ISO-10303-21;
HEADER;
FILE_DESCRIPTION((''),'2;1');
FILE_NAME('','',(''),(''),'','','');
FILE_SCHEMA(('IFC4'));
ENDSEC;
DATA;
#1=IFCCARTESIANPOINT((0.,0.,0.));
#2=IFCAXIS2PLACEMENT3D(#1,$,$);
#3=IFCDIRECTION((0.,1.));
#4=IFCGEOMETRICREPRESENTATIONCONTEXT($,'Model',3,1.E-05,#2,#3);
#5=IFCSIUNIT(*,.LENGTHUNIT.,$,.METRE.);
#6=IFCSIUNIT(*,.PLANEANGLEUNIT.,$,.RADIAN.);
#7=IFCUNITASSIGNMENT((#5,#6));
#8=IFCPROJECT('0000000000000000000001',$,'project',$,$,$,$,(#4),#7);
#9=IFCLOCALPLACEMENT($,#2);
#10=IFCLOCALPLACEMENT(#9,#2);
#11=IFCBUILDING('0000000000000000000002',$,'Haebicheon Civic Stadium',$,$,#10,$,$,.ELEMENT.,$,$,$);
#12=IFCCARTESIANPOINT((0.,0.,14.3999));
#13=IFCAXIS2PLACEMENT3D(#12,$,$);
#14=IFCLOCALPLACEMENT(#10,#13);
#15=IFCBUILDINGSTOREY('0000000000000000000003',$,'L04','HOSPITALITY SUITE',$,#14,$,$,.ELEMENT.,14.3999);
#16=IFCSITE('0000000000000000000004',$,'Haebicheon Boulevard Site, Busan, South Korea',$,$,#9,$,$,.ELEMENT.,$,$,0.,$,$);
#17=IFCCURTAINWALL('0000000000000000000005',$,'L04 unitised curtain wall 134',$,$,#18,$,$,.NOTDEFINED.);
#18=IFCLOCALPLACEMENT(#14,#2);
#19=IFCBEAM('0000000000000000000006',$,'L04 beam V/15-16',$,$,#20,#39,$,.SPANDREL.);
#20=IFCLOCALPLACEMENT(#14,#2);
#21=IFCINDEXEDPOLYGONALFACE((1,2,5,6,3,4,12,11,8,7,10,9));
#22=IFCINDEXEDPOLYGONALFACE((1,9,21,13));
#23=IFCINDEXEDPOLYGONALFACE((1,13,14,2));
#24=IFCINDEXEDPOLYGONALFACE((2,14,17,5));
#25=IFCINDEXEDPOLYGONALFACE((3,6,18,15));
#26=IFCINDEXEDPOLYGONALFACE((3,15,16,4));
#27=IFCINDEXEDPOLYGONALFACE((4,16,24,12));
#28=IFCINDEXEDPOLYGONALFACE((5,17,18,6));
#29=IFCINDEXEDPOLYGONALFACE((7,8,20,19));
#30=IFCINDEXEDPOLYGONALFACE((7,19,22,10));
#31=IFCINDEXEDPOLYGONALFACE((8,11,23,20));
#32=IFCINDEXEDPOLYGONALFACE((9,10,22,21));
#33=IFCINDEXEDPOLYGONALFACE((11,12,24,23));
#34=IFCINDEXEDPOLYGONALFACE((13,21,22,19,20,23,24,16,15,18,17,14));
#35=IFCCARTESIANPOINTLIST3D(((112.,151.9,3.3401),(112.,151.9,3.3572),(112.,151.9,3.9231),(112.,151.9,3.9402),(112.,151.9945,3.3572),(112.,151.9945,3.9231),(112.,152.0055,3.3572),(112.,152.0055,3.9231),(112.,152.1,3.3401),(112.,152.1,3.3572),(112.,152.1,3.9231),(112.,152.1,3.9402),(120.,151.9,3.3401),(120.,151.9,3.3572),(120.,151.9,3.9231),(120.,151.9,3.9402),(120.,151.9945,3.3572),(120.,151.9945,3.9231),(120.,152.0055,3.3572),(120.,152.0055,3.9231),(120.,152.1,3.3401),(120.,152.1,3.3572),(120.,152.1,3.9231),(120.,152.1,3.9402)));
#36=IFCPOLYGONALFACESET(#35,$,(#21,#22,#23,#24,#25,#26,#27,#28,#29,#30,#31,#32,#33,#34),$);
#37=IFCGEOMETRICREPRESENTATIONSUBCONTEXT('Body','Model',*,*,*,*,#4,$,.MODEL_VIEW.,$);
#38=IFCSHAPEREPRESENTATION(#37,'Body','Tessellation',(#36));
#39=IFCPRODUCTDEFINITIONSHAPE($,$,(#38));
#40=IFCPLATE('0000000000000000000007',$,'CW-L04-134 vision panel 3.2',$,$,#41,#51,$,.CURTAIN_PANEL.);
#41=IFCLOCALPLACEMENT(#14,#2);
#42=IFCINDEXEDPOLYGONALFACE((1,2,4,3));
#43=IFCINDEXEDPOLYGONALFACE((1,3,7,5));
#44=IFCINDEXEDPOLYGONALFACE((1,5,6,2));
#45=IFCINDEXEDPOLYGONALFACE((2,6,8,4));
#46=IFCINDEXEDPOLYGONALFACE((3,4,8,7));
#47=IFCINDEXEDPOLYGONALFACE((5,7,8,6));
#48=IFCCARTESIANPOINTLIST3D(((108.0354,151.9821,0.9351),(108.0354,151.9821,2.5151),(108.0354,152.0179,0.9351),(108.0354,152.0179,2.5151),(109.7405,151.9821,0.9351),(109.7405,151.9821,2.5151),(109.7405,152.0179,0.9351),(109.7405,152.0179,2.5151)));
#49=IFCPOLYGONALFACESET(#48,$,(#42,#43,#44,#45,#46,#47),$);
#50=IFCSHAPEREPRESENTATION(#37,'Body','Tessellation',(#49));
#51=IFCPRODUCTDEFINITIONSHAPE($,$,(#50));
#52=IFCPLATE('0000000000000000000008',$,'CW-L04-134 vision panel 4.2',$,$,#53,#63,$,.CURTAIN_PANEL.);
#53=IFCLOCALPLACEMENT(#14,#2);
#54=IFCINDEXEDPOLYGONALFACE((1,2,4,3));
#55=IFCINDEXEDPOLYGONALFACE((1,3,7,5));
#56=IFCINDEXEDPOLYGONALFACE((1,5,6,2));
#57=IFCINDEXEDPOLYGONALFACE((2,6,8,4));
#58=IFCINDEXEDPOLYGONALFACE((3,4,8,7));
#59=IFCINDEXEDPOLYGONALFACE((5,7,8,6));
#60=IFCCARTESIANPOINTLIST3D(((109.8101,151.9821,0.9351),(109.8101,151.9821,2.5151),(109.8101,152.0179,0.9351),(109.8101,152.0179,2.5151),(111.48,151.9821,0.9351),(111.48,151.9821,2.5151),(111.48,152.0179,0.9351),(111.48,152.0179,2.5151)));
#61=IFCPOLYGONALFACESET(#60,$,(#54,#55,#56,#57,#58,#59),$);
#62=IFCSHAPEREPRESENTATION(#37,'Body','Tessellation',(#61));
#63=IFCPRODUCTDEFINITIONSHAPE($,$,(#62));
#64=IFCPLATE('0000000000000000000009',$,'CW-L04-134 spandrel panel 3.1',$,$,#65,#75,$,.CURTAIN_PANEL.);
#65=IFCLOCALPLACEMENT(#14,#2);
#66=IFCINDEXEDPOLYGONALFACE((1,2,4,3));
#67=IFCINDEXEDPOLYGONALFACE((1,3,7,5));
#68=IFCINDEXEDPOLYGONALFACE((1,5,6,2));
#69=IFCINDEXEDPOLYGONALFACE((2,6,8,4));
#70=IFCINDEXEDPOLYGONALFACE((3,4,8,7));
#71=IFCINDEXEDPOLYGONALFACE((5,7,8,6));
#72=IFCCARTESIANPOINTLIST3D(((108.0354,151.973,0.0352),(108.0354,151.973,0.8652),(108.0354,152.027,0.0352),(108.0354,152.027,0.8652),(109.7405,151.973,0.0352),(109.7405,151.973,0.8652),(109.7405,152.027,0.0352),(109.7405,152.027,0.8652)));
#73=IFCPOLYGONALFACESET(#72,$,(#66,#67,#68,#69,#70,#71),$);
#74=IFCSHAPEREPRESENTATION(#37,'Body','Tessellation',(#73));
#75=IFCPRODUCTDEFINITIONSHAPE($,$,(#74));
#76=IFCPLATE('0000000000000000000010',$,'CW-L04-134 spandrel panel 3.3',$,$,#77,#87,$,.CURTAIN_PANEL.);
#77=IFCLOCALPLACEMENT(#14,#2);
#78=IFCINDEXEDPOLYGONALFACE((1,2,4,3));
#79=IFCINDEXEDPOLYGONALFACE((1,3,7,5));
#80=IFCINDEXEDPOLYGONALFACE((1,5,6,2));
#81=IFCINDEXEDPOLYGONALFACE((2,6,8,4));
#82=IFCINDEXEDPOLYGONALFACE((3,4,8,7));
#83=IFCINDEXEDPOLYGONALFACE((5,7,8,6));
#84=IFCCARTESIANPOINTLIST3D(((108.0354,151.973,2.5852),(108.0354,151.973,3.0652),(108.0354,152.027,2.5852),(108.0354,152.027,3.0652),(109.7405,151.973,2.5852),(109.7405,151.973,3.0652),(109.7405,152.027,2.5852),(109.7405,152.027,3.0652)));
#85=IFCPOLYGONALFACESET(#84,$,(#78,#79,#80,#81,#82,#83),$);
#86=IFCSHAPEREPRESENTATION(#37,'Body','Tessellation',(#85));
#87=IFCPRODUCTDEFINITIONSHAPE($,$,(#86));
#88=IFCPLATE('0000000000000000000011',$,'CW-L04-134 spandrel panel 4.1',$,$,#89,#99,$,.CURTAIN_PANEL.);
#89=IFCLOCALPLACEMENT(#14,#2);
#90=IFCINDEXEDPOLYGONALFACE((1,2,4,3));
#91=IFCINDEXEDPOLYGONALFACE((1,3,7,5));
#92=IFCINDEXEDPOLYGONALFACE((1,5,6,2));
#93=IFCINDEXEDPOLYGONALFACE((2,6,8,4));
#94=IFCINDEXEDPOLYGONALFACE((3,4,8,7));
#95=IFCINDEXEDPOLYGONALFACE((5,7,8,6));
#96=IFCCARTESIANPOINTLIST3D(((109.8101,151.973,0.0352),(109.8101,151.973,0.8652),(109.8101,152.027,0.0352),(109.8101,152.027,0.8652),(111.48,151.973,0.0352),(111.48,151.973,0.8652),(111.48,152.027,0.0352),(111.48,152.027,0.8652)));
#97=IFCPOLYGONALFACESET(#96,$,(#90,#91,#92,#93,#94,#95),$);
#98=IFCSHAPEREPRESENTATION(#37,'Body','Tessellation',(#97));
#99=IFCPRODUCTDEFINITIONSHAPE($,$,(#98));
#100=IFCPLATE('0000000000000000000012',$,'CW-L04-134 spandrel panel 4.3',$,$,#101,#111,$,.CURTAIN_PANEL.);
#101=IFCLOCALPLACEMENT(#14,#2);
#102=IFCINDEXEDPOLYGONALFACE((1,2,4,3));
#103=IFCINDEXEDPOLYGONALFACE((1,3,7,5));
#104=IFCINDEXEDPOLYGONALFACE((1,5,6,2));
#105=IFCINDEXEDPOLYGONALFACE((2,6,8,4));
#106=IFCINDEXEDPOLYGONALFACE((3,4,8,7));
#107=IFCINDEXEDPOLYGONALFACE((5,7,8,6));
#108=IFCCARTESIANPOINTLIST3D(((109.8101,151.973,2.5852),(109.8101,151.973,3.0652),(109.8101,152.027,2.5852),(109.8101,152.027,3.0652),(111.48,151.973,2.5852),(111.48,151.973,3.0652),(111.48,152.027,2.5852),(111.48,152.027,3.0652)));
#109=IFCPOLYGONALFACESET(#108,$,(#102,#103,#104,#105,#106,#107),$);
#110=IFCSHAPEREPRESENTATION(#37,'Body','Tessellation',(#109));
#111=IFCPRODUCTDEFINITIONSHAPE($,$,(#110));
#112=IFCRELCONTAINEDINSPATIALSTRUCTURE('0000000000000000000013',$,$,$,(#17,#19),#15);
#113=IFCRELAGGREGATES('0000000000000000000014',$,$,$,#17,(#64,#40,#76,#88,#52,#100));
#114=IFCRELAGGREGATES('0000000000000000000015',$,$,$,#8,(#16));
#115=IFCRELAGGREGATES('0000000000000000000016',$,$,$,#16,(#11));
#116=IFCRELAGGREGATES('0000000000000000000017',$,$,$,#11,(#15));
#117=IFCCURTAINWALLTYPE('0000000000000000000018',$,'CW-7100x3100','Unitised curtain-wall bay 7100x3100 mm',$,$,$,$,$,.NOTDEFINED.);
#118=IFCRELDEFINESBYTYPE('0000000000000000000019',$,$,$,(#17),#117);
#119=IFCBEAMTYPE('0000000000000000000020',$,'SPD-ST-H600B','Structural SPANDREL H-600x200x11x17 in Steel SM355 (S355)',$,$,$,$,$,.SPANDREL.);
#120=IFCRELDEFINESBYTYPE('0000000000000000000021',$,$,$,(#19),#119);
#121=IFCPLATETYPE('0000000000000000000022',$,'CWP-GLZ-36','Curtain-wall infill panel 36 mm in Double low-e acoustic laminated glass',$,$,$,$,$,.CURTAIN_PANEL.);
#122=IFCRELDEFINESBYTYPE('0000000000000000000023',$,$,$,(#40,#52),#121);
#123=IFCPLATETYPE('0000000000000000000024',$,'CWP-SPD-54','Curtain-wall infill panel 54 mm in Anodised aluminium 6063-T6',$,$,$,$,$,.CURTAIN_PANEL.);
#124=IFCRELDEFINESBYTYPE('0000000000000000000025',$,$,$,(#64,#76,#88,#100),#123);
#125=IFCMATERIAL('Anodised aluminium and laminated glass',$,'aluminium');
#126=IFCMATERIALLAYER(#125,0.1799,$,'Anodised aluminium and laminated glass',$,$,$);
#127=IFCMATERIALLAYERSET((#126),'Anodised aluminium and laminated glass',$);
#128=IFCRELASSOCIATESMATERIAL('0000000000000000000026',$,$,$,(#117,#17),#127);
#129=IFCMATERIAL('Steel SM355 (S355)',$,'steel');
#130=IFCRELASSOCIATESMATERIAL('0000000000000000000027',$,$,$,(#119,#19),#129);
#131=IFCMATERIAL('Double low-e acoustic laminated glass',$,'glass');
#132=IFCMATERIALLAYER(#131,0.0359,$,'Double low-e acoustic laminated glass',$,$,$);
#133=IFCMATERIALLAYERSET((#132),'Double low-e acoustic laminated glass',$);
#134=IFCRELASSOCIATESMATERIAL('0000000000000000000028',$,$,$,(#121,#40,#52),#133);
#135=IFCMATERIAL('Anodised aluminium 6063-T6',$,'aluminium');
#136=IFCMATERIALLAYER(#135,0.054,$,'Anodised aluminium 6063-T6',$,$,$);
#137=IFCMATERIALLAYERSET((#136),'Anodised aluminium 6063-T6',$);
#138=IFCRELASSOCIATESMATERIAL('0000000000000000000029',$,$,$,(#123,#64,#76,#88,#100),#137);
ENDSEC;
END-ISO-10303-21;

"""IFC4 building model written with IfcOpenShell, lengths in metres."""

from ifc_helpers import new_model, si_unit, direction, frame, origin, origin_2d, place, context, subcontext, project, spatial, rectangle, i_section, extrude, material, layer, layer_set, material_profile, profile_set, type_object, element, aggregate, save


model = new_model("IFC4")

# Units and contexts
model_context = context("Model", 3, precision=1e-05, world=origin(), true_north=direction((0.0, 1.0)))
body_context = subcontext(model_context, "Body", "Model", "MODEL_VIEW")
ifc_project = project(units=[si_unit("LENGTHUNIT", "METRE"), si_unit("PLANEANGLEUNIT", "RADIAN")], contexts=[model_context])

# Site, building, storey
site_placement = place(None, origin())
site = spatial("IfcSite", under=ifc_project, at=site_placement, Name="Haebicheon Boulevard Site, Busan, South Korea", CompositionType="ELEMENT", RefElevation=0.0)
building_placement = place(site_placement, origin())
building = spatial("IfcBuilding", under=site, at=building_placement, Name="Haebicheon Civic Stadium", CompositionType="ELEMENT")
storey_placement = place(building_placement, frame((0.0, 0.0, 14.3999)))
storey = spatial("IfcBuildingStorey", under=building, at=storey_placement, Name="L04", Description="HOSPITALITY SUITE", CompositionType="ELEMENT", Elevation=14.3999)

# Curtain wall
ifc_material_1 = material(Name="Anodised aluminium and laminated glass", Category="aluminium")
ifc_layer_1 = layer(ifc_material_1, 0.1799, Name="Anodised aluminium and laminated glass")
ifc_layer_set_1 = layer_set([ifc_layer_1], Name="Anodised aluminium and laminated glass")
curtain_wall_type = type_object("IfcCurtainWallType", Name="CW-7100x3100", Description="Unitised curtain-wall bay 7100x3100 mm", PredefinedType="NOTDEFINED", material=ifc_layer_set_1)
curtain_wall_placement = place(storey_placement, origin())
curtain_wall = element("IfcCurtainWall", 1, at=curtain_wall_placement, inside=storey, type_object=curtain_wall_type, material=ifc_layer_set_1, Name="L04 unitised curtain wall 134", PredefinedType="NOTDEFINED")

# Beam
ifc_material_2 = material(Name="Steel SM355 (S355)", Category="steel")
ifc_material_profile_1 = material_profile(ifc_material_2, i_section(OverallWidth=0.2, OverallDepth=0.6001, WebThickness=0.011, FlangeThickness=0.0171, at=origin_2d()), Name="H-600x200x11x17")
ifc_profile_set_1 = profile_set([ifc_material_profile_1], Name="Steel SM355 (S355)")
beam_type_1 = type_object("IfcBeamType", Name="SPD-ST-H600B", Description="Structural SPANDREL H-600x200x11x17 in Steel SM355 (S355)", PredefinedType="SPANDREL", material=ifc_profile_set_1)
beam_1_placement = place(storey_placement, frame((112.0, 152.0, 3.6401), z_axis=(1.0, 0.0, 0.0), x_axis=(0.0, 1.0, 0.0)))
element("IfcBeam", 2, at=beam_1_placement, inside=storey, type_object=beam_type_1, material=ifc_profile_set_1, Name="L04 beam V/15-16", PredefinedType="SPANDREL", context=body_context, shape_type="SweptSolid", body=[
    extrude(i_section(OverallWidth=0.2, OverallDepth=0.6001, WebThickness=0.011, FlangeThickness=0.0171, at=origin_2d()), origin(), (0.0, 0.0, 1.0), 8.0),
])

# Plates
ifc_material_3 = material(Name="Double low-e acoustic laminated glass", Category="glass")
ifc_layer_2 = layer(ifc_material_3, 0.0359, Name="Double low-e acoustic laminated glass")
ifc_layer_set_2 = layer_set([ifc_layer_2], Name="Double low-e acoustic laminated glass")
plate_type_1 = type_object("IfcPlateType", Name="CWP-GLZ-36", Description="Curtain-wall infill panel 36 mm in Double low-e acoustic laminated glass", PredefinedType="CURTAIN_PANEL", material=ifc_layer_set_2)
plate_1_placement = place(storey_placement, frame((108.8879, 152.0, 0.9351), z_axis=(0.0, 0.0, 1.0), x_axis=(1.0, 0.0, 0.0)))
plate_1 = element("IfcPlate", 3, at=plate_1_placement, type_object=plate_type_1, material=ifc_layer_set_2, Name="CW-L04-134 vision panel 3.2", PredefinedType="CURTAIN_PANEL", context=body_context, shape_type="SweptSolid", body=[
    extrude(rectangle(XDim=1.7051, YDim=0.0359, at=origin_2d()), origin(), (0.0, 0.0, 1.0), 1.5801),
])
plate_2_placement = place(storey_placement, frame((110.645, 152.0, 0.9351), z_axis=(0.0, 0.0, 1.0), x_axis=(1.0, 0.0, 0.0)))
plate_2 = element("IfcPlate", 4, at=plate_2_placement, type_object=plate_type_1, material=ifc_layer_set_2, Name="CW-L04-134 vision panel 4.2", PredefinedType="CURTAIN_PANEL", context=body_context, shape_type="SweptSolid", body=[
    extrude(rectangle(XDim=1.6699, YDim=0.0359, at=origin_2d()), origin(), (0.0, 0.0, 1.0), 1.5801),
])
ifc_material_4 = material(Name="Anodised aluminium 6063-T6", Category="aluminium")
ifc_layer_3 = layer(ifc_material_4, 0.054, Name="Anodised aluminium 6063-T6")
ifc_layer_set_3 = layer_set([ifc_layer_3], Name="Anodised aluminium 6063-T6")
plate_type_2 = type_object("IfcPlateType", Name="CWP-SPD-54", Description="Curtain-wall infill panel 54 mm in Anodised aluminium 6063-T6", PredefinedType="CURTAIN_PANEL", material=ifc_layer_set_3)
plate_3_placement = place(storey_placement, frame((108.8879, 152.0, 0.0352), z_axis=(0.0, 0.0, 1.0), x_axis=(1.0, 0.0, 0.0)))
plate_3 = element("IfcPlate", 5, at=plate_3_placement, type_object=plate_type_2, material=ifc_layer_set_3, Name="CW-L04-134 spandrel panel 3.1", PredefinedType="CURTAIN_PANEL", context=body_context, shape_type="SweptSolid", body=[
    extrude(rectangle(XDim=1.7051, YDim=0.054, at=origin_2d()), origin(), (0.0, 0.0, 1.0), 0.8301),
])
plate_4_placement = place(storey_placement, frame((108.8879, 152.0, 2.5852), z_axis=(0.0, 0.0, 1.0), x_axis=(1.0, 0.0, 0.0)))
plate_4 = element("IfcPlate", 6, at=plate_4_placement, type_object=plate_type_2, material=ifc_layer_set_3, Name="CW-L04-134 spandrel panel 3.3", PredefinedType="CURTAIN_PANEL", context=body_context, shape_type="SweptSolid", body=[
    extrude(rectangle(XDim=1.7051, YDim=0.054, at=origin_2d()), origin(), (0.0, 0.0, 1.0), 0.48),
])
plate_5_placement = place(storey_placement, frame((110.645, 152.0, 0.0352), z_axis=(0.0, 0.0, 1.0), x_axis=(1.0, 0.0, 0.0)))
plate_5 = element("IfcPlate", 7, at=plate_5_placement, type_object=plate_type_2, material=ifc_layer_set_3, Name="CW-L04-134 spandrel panel 4.1", PredefinedType="CURTAIN_PANEL", context=body_context, shape_type="SweptSolid", body=[
    extrude(rectangle(XDim=1.6699, YDim=0.054, at=origin_2d()), origin(), (0.0, 0.0, 1.0), 0.8301),
])
plate_6_placement = place(storey_placement, frame((110.645, 152.0, 2.5852), z_axis=(0.0, 0.0, 1.0), x_axis=(1.0, 0.0, 0.0)))
plate_6 = element("IfcPlate", 8, at=plate_6_placement, type_object=plate_type_2, material=ifc_layer_set_3, Name="CW-L04-134 spandrel panel 4.3", PredefinedType="CURTAIN_PANEL", context=body_context, shape_type="SweptSolid", body=[
    extrude(rectangle(XDim=1.6699, YDim=0.054, at=origin_2d()), origin(), (0.0, 0.0, 1.0), 0.48),
])
aggregate(curtain_wall, [plate_3, plate_1, plate_4, plate_5, plate_2, plate_6])

save(model, "model.ifc")
